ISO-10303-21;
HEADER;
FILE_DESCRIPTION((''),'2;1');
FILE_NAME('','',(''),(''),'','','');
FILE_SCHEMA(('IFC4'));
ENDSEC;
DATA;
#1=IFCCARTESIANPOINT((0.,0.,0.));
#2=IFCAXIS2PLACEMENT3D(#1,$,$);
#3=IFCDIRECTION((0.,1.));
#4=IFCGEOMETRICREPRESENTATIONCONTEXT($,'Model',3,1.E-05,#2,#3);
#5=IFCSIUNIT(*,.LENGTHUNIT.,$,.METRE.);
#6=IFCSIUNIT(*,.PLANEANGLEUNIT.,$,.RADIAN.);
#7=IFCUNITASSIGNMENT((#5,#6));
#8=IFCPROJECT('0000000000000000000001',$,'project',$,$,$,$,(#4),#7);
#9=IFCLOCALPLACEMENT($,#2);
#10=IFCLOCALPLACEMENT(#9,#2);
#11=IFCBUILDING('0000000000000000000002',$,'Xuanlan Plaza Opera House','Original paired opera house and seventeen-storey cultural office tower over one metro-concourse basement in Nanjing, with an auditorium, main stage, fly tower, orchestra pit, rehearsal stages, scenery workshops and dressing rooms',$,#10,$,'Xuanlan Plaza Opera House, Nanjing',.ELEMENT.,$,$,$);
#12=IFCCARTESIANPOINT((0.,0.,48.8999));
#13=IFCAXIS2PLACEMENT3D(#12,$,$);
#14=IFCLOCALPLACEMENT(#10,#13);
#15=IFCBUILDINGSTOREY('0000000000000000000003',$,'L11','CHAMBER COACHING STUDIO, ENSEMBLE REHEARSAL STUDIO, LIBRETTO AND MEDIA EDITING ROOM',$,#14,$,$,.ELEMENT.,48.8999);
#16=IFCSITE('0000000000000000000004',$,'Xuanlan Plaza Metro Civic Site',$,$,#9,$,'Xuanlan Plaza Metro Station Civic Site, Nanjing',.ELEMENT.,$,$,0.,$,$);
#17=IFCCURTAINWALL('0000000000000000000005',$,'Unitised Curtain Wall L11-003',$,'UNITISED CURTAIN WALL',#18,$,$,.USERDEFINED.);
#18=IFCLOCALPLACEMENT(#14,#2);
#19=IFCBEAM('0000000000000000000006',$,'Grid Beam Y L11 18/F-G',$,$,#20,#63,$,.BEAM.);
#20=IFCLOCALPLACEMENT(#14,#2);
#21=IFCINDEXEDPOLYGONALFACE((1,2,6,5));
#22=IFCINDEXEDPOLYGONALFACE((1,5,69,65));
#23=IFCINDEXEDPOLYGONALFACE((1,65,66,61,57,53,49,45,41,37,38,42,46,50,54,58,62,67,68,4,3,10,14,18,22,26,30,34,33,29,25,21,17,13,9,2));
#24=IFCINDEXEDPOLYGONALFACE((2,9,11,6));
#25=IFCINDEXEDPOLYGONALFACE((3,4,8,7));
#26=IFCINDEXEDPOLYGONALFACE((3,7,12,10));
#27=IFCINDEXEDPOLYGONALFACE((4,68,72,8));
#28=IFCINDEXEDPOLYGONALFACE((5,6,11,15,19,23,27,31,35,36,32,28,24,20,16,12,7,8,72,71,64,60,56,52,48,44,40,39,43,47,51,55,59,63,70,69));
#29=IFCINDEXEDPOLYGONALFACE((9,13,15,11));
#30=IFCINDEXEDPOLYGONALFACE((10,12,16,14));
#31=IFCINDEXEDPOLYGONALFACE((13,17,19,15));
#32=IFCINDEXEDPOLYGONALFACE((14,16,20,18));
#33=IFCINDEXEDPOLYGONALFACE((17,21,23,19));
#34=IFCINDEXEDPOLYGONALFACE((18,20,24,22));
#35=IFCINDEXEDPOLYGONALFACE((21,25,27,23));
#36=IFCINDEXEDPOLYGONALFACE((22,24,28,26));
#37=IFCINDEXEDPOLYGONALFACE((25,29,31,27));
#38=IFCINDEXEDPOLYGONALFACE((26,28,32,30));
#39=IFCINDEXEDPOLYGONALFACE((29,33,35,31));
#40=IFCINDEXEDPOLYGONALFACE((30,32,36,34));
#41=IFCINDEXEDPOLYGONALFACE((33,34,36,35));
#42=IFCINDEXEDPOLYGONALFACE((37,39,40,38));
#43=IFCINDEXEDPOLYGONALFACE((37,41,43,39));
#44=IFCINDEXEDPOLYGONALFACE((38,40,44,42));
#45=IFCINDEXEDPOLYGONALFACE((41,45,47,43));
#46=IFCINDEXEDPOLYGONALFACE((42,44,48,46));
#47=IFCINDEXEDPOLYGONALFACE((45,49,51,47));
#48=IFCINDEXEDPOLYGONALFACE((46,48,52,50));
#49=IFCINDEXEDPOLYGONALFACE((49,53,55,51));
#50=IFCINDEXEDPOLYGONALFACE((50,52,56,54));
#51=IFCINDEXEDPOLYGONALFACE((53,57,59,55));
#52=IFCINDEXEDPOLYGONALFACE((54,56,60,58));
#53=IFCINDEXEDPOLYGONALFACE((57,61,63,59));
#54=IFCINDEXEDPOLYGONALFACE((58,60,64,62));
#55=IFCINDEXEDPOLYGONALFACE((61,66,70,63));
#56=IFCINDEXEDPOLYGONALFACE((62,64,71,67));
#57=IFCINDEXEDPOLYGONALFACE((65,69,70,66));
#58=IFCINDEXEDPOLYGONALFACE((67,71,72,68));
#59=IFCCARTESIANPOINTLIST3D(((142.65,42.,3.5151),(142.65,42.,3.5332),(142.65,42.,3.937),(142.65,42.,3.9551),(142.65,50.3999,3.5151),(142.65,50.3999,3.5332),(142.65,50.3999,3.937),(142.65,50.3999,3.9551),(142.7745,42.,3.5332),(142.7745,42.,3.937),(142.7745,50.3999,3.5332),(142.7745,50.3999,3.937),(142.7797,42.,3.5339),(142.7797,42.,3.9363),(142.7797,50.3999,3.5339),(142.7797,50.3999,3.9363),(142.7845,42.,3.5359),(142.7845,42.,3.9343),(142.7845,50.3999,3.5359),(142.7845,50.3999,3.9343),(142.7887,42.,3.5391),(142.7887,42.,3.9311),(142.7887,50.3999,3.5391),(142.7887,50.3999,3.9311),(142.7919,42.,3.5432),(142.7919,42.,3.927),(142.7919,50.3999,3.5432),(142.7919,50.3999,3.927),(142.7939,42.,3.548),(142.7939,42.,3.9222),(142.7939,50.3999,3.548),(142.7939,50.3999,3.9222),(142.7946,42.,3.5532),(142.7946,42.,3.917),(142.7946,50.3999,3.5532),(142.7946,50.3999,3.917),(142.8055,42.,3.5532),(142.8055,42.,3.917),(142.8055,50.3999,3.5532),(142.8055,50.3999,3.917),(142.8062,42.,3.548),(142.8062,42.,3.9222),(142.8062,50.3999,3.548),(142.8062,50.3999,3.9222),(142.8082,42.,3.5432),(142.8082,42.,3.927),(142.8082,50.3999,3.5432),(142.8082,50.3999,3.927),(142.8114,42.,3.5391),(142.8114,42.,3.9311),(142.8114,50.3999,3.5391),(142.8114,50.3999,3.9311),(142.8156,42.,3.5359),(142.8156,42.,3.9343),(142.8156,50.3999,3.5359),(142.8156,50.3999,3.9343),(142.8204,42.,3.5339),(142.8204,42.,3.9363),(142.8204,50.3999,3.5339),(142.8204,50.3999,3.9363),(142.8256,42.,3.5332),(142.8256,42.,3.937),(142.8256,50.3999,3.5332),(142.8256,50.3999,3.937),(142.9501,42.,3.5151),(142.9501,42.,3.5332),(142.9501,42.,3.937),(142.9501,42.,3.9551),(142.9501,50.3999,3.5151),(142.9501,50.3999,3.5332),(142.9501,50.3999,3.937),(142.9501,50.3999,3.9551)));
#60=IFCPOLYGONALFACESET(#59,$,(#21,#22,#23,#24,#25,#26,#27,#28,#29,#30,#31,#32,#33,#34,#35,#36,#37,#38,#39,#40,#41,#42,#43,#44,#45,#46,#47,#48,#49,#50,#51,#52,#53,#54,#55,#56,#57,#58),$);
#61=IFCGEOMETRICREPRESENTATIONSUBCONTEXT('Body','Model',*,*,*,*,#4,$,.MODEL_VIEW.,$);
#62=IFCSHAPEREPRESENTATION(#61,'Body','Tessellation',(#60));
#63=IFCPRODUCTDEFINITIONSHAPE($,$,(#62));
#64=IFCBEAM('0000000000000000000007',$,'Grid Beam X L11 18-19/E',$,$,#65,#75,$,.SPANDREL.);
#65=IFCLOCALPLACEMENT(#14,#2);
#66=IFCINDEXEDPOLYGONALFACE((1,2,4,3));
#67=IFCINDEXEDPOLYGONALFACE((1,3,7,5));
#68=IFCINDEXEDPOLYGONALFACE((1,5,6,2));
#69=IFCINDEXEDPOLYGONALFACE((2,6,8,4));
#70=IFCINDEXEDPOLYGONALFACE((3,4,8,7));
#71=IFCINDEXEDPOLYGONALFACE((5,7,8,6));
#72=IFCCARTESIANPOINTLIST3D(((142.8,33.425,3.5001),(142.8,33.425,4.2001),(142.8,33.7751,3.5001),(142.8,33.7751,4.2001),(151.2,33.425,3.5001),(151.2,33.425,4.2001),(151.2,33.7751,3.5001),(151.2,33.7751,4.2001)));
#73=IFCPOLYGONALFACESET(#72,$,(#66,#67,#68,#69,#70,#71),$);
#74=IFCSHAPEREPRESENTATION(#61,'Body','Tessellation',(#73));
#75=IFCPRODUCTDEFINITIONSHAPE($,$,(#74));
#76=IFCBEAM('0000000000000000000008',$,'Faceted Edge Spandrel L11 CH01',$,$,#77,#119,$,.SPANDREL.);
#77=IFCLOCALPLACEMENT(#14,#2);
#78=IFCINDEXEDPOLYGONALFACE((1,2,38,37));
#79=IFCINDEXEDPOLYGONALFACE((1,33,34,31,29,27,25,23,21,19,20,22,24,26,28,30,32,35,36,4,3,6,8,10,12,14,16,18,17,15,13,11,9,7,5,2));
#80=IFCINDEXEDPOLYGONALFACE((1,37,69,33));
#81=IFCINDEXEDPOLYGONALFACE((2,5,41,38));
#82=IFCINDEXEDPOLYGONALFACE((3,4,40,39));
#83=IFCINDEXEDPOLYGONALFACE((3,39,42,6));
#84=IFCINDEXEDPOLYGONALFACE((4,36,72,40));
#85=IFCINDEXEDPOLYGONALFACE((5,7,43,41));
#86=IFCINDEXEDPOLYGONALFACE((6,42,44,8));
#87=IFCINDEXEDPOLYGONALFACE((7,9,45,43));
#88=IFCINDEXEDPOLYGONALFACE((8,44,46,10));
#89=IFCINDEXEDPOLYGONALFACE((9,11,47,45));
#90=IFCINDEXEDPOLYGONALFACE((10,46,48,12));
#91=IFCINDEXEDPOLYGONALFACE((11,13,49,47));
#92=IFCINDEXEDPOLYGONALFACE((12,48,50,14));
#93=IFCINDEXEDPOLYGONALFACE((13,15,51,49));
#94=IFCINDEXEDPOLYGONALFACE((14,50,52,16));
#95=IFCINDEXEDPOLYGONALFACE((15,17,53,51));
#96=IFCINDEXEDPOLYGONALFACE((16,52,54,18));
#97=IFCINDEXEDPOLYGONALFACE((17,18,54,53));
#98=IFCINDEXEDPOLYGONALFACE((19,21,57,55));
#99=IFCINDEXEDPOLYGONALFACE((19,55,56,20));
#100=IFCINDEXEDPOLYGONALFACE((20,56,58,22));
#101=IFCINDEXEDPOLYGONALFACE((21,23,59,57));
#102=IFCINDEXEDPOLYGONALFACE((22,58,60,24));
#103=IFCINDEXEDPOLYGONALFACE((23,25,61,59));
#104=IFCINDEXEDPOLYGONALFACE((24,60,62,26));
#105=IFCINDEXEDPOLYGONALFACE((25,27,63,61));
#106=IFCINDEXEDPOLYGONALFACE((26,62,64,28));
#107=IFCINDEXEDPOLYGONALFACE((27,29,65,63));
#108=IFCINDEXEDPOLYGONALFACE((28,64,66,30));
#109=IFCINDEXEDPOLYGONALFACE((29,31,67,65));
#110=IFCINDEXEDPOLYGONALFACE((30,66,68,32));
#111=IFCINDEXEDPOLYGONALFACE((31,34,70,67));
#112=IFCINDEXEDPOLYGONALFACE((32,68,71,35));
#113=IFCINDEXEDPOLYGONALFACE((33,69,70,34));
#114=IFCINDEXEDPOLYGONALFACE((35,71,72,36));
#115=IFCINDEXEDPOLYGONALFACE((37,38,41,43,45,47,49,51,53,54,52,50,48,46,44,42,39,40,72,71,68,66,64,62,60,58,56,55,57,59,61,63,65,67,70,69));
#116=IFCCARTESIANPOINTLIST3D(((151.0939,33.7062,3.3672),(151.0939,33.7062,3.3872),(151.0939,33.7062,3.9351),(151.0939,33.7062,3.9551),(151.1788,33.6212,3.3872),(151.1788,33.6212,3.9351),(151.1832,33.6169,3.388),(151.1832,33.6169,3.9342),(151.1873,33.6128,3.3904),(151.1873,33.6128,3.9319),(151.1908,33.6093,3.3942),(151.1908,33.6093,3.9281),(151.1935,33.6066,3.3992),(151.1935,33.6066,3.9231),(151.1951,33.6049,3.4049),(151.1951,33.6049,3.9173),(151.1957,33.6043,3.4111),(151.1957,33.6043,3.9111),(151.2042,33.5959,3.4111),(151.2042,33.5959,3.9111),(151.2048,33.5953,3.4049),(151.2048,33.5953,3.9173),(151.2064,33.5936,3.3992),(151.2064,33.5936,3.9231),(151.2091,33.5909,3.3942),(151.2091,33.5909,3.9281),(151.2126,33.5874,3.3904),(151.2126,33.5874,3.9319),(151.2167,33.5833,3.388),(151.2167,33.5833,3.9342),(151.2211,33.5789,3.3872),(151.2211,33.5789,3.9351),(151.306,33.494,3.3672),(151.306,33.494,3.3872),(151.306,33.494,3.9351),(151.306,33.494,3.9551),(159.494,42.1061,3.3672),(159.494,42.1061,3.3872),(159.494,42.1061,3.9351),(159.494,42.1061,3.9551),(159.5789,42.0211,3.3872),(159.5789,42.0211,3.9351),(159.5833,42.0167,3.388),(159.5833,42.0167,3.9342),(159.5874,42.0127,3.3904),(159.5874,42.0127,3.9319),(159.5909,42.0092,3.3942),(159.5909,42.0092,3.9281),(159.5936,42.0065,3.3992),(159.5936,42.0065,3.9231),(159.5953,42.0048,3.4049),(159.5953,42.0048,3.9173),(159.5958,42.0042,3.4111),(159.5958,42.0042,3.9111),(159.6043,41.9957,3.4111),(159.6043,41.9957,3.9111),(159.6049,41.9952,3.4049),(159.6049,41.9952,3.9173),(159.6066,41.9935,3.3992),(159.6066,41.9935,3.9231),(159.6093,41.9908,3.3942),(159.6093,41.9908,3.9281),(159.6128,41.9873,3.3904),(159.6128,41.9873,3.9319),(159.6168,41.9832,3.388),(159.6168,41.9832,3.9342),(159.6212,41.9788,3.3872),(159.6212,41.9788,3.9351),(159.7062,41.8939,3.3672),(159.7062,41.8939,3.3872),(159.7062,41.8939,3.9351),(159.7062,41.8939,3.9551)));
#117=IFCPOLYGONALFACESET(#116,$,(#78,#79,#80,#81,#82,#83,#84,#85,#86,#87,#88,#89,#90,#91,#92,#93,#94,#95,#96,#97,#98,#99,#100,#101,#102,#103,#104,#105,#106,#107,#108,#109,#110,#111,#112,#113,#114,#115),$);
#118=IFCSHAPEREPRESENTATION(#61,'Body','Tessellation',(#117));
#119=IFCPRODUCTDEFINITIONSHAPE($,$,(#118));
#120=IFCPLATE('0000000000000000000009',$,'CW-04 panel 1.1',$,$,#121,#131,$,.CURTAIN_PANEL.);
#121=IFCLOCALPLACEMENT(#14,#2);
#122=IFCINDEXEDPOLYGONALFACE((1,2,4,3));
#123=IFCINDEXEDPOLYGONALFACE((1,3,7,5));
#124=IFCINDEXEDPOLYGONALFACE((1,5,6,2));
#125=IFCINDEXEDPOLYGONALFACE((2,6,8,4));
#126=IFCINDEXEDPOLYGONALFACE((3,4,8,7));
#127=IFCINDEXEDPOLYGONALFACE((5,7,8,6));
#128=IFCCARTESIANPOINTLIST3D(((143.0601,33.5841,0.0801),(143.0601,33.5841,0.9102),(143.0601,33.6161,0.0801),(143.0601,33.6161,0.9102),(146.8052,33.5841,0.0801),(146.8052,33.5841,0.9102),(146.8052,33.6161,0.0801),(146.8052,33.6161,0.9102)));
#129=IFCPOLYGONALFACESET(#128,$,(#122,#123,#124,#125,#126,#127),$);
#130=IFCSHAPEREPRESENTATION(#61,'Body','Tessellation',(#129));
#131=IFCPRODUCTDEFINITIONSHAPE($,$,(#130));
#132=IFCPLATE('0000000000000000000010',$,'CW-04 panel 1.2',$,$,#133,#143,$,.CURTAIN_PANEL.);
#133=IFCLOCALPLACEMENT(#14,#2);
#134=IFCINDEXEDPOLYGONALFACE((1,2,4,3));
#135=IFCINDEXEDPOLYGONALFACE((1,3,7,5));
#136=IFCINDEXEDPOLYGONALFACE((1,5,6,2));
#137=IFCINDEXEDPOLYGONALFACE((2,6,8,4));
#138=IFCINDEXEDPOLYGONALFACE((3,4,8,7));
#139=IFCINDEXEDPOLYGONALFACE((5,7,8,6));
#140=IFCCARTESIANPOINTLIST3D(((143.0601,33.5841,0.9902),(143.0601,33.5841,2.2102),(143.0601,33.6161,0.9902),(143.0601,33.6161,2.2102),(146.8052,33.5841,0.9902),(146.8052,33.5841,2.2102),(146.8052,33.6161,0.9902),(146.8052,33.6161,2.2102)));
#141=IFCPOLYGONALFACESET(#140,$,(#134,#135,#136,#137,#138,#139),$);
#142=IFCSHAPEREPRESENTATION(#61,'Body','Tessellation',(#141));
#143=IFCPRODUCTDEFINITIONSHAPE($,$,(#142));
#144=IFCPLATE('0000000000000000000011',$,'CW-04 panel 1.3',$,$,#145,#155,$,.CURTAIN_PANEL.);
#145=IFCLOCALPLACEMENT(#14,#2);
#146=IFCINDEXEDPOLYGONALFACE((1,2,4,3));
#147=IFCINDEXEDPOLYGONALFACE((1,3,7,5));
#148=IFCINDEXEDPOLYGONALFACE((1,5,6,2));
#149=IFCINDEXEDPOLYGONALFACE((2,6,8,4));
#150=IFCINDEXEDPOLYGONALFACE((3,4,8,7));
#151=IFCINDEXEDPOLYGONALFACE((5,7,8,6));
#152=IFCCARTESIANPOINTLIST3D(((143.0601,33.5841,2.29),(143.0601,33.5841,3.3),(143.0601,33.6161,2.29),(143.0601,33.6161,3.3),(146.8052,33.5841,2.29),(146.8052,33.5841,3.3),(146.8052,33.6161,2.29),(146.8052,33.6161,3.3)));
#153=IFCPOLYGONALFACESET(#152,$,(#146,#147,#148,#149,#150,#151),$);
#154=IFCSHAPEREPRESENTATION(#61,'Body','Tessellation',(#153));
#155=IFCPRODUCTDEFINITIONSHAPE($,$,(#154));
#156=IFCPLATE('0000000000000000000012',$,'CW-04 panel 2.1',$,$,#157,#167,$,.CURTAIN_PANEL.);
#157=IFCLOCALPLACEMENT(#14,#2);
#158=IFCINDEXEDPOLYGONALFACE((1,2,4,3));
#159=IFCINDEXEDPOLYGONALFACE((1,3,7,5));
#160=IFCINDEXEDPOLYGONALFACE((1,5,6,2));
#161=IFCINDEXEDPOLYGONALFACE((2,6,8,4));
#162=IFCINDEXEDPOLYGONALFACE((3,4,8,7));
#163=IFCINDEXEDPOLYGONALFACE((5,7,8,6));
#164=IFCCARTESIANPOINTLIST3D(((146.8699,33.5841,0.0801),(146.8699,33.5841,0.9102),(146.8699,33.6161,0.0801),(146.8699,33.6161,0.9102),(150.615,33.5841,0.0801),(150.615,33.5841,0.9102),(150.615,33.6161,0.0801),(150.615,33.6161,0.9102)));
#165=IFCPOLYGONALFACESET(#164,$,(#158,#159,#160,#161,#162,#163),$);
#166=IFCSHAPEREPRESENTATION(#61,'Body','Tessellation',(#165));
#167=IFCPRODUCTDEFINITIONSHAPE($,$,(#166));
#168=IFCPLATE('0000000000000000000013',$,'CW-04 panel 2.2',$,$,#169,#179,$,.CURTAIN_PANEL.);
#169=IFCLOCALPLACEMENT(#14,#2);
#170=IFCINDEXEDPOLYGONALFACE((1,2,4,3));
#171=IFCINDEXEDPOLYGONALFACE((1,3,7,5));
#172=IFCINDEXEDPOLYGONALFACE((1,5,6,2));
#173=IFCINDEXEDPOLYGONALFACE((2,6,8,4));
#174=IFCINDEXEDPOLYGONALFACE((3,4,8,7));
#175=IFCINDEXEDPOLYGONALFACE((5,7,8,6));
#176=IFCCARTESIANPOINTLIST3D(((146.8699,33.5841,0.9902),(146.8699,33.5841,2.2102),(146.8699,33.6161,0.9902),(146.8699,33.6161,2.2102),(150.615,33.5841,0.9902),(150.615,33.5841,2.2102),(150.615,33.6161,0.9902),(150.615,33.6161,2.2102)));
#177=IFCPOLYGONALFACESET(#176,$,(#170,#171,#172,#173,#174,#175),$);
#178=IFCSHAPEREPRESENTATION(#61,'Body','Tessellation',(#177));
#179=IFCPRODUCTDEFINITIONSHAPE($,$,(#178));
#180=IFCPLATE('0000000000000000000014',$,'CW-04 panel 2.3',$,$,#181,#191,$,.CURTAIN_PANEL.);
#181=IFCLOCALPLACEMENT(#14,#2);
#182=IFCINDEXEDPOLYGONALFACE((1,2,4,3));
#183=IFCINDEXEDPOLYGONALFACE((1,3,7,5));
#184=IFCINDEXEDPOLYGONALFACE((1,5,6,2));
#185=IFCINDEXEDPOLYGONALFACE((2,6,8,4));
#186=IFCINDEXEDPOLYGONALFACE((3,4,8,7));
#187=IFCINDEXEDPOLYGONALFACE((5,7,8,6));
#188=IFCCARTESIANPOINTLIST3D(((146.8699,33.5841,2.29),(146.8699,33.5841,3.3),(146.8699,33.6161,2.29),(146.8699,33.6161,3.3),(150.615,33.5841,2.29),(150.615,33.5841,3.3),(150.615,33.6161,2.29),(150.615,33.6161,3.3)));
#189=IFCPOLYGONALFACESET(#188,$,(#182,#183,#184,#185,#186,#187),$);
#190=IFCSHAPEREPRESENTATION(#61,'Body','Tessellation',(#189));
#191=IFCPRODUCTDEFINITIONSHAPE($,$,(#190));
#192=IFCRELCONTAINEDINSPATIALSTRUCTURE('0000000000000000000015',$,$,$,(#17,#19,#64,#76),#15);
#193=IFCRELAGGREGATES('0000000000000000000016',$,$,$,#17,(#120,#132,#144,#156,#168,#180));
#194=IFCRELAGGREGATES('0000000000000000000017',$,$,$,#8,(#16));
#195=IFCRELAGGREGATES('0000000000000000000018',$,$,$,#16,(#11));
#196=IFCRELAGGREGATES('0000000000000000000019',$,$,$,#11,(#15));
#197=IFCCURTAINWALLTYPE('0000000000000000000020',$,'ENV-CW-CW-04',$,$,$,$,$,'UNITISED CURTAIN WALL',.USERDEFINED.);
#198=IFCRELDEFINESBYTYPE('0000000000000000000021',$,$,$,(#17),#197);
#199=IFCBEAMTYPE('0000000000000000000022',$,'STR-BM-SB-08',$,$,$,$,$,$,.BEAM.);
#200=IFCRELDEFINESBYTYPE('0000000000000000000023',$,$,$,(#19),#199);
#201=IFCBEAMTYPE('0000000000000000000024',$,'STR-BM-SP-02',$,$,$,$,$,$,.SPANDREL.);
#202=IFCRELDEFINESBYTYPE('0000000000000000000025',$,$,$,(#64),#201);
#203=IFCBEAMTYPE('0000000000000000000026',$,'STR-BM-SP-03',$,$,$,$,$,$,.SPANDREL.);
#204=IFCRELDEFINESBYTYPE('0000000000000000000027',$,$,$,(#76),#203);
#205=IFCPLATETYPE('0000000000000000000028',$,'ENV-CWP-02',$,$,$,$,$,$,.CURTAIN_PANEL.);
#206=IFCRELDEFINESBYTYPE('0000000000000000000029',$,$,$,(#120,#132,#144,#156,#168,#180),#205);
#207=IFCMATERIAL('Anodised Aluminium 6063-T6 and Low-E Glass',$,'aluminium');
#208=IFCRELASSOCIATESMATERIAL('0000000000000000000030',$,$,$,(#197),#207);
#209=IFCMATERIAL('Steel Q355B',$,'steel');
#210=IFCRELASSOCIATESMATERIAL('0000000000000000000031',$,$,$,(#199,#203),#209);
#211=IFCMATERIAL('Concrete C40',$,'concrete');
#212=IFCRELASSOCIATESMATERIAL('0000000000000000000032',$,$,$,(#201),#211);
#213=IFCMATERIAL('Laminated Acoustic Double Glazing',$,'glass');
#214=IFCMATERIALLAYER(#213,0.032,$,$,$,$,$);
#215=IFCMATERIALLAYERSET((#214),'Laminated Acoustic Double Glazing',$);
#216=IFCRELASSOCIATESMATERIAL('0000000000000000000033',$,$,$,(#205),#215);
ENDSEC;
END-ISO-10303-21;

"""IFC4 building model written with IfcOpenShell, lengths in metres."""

from ifc_helpers import new_model, si_unit, direction, frame, origin, origin_2d, place, context, subcontext, project, spatial, rectangle, i_section, extrude, material, layer, layer_set, material_profile, profile_set, type_object, element, aggregate, save


model = new_model("IFC4")

# Units and contexts
model_context = context("Model", 3, precision=1e-05, world=origin(), true_north=direction((0.0, 1.0)))
body_context = subcontext(model_context, "Body", "Model", "MODEL_VIEW")
ifc_project = project(units=[si_unit("LENGTHUNIT", "METRE"), si_unit("PLANEANGLEUNIT", "RADIAN")], contexts=[model_context])

# Site, building, storey
site_placement = place(None, origin())
site = spatial("IfcSite", under=ifc_project, at=site_placement, Name="Xuanlan Plaza Metro Civic Site", LongName="Xuanlan Plaza Metro Station Civic Site, Nanjing", CompositionType="ELEMENT", RefElevation=0.0)
building_placement = place(site_placement, origin())
building = spatial("IfcBuilding", under=site, at=building_placement, Name="Xuanlan Plaza Opera House", Description="Original paired opera house and seventeen-storey cultural office tower over one metro-concourse basement in Nanjing, with an auditorium, main stage, fly tower, orchestra pit, rehearsal stages, scenery workshops and dressing rooms", LongName="Xuanlan Plaza Opera House, Nanjing", CompositionType="ELEMENT")
storey_placement = place(building_placement, frame((0.0, 0.0, 48.8999)))
storey = spatial("IfcBuildingStorey", under=building, at=storey_placement, Name="L11", Description="CHAMBER COACHING STUDIO, ENSEMBLE REHEARSAL STUDIO, LIBRETTO AND MEDIA EDITING ROOM", CompositionType="ELEMENT", Elevation=48.8999)

# Shared definitions
ifc_material_1 = material(Name="Steel Q355B", Category="steel")

# Curtain wall
ifc_material_2 = material(Name="Anodised Aluminium 6063-T6 and Low-E Glass", Category="aluminium")
curtain_wall_type_1 = type_object("IfcCurtainWallType", Name="ENV-CW-CW-04", ElementType="UNITISED CURTAIN WALL", PredefinedType="USERDEFINED", material=ifc_material_2)
curtain_wall_1_placement = place(storey_placement, origin())
curtain_wall_1 = element("IfcCurtainWall", 1, at=curtain_wall_1_placement, inside=storey, type_object=curtain_wall_type_1, Name="Unitised Curtain Wall L11-003", ObjectType="UNITISED CURTAIN WALL", PredefinedType="USERDEFINED")

# Beams
ifc_material_3 = material(Name="Concrete C40", Category="concrete")
ifc_material_profile_1 = material_profile(ifc_material_1, i_section(OverallWidth=0.3, OverallDepth=0.4399, WebThickness=0.011, FlangeThickness=0.0181, FilletRadius=0.02, at=origin_2d()), Name="HM 440x300x11x18")
ifc_profile_set_1 = profile_set([ifc_material_profile_1], Name="Steel Q355B")
beam_type_1 = type_object("IfcBeamType", Name="STR-BM-SB-08", PredefinedType="BEAM", material=ifc_profile_set_1)
for number, where, z_axis, x_axis, name in (
    (2, (142.8, 42.0, 3.7351), (0.0, 1.0, 0.0), (-1.0, 0.0, 0.0), "Grid Beam Y L11 18/F-G"),
):
    element("IfcBeam", number, at=place(storey_placement, frame(where, z_axis=z_axis, x_axis=x_axis)), inside=storey, type_object=beam_type_1, Name=name, PredefinedType="BEAM", context=body_context, shape_type="SweptSolid", body=[
        extrude(i_section(OverallWidth=0.3, OverallDepth=0.4399, WebThickness=0.011, FlangeThickness=0.0181, FilletRadius=0.02, at=origin_2d()), origin(), (0.0, 0.0, 1.0), 8.3999),
    ])
ifc_material_profile_2 = material_profile(ifc_material_3, rectangle(XDim=0.3501, YDim=0.7, at=origin_2d()), Name="RC-SPD 350x700")
ifc_profile_set_2 = profile_set([ifc_material_profile_2], Name="Concrete C40")
beam_type_2 = type_object("IfcBeamType", Name="STR-BM-SP-02", PredefinedType="SPANDREL", material=ifc_profile_set_2)
beam_1_placement = place(storey_placement, frame((142.8, 33.6001, 3.8501), z_axis=(1.0, 0.0, 0.0), x_axis=(0.0, 1.0, 0.0)))
element("IfcBeam", 3, at=beam_1_placement, inside=storey, type_object=beam_type_2, Name="Grid Beam X L11 18-19/E", PredefinedType="SPANDREL", context=body_context, shape_type="SweptSolid", body=[
    extrude(rectangle(XDim=0.3501, YDim=0.7, at=origin_2d()), origin(), (0.0, 0.0, 1.0), 8.3999),
])
ifc_material_profile_3 = material_profile(ifc_material_1, i_section(OverallWidth=0.3, OverallDepth=0.5879, WebThickness=0.012, FlangeThickness=0.02, FilletRadius=0.0239, at=origin_2d()), Name="HM 588x300x12x20")
ifc_profile_set_3 = profile_set([ifc_material_profile_3], Name="Steel Q355B")
beam_type_3 = type_object("IfcBeamType", Name="STR-BM-SP-03", PredefinedType="SPANDREL", material=ifc_profile_set_3)
beam_2_placement = place(storey_placement, frame((151.2, 33.6001, 3.6611), z_axis=(0.707117, 0.707097, 0.0), x_axis=(-0.707097, 0.707117, 0.0)))
element("IfcBeam", 4, at=beam_2_placement, inside=storey, type_object=beam_type_3, Name="Faceted Edge Spandrel L11 CH01", PredefinedType="SPANDREL", context=body_context, shape_type="SweptSolid", body=[
    extrude(i_section(OverallWidth=0.3, OverallDepth=0.5879, WebThickness=0.012, FlangeThickness=0.02, FilletRadius=0.0239, at=origin_2d()), origin(), (0.0, 0.0, 1.0), 11.8794),
])

# Plates
ifc_material_4 = material(Name="Laminated Acoustic Double Glazing", Category="glass")
ifc_layer_1 = layer(ifc_material_4, 0.032)
ifc_layer_set_1 = layer_set([ifc_layer_1], Name="Laminated Acoustic Double Glazing")
plate_type = type_object("IfcPlateType", Name="ENV-CWP-02", PredefinedType="CURTAIN_PANEL", material=ifc_layer_set_1)
plate_1_placement = place(storey_placement, frame((144.9326, 33.6001, 0.0801), z_axis=(0.0, 0.0, 1.0), x_axis=(1.0, 0.0, 0.0)))
plate_1 = element("IfcPlate", 5, at=plate_1_placement, type_object=plate_type, Name="CW-04 panel 1.1", PredefinedType="CURTAIN_PANEL", context=body_context, shape_type="SweptSolid", body=[
    extrude(rectangle(XDim=3.7451, YDim=0.032, at=origin_2d()), origin(), (0.0, 0.0, 1.0), 0.8301),
])
plate_2_placement = place(storey_placement, frame((144.9326, 33.6001, 0.9902), z_axis=(0.0, 0.0, 1.0), x_axis=(1.0, 0.0, 0.0)))
plate_2 = element("IfcPlate", 6, at=plate_2_placement, type_object=plate_type, Name="CW-04 panel 1.2", PredefinedType="CURTAIN_PANEL", context=body_context, shape_type="SweptSolid", body=[
    extrude(rectangle(XDim=3.7451, YDim=0.032, at=origin_2d()), origin(), (0.0, 0.0, 1.0), 1.22),
])
plate_3_placement = place(storey_placement, frame((144.9326, 33.6001, 2.29), z_axis=(0.0, 0.0, 1.0), x_axis=(1.0, 0.0, 0.0)))
plate_3 = element("IfcPlate", 7, at=plate_3_placement, type_object=plate_type, Name="CW-04 panel 1.3", PredefinedType="CURTAIN_PANEL", context=body_context, shape_type="SweptSolid", body=[
    extrude(rectangle(XDim=3.7451, YDim=0.032, at=origin_2d()), origin(), (0.0, 0.0, 1.0), 1.01),
])
plate_4_placement = place(storey_placement, frame((148.7424, 33.6001, 0.0801), z_axis=(0.0, 0.0, 1.0), x_axis=(1.0, 0.0, 0.0)))
plate_4 = element("IfcPlate", 8, at=plate_4_placement, type_object=plate_type, Name="CW-04 panel 2.1", PredefinedType="CURTAIN_PANEL", context=body_context, shape_type="SweptSolid", body=[
    extrude(rectangle(XDim=3.7451, YDim=0.032, at=origin_2d()), origin(), (0.0, 0.0, 1.0), 0.8301),
])
plate_5_placement = place(storey_placement, frame((148.7424, 33.6001, 0.9902), z_axis=(0.0, 0.0, 1.0), x_axis=(1.0, 0.0, 0.0)))
plate_5 = element("IfcPlate", 9, at=plate_5_placement, type_object=plate_type, Name="CW-04 panel 2.2", PredefinedType="CURTAIN_PANEL", context=body_context, shape_type="SweptSolid", body=[
    extrude(rectangle(XDim=3.7451, YDim=0.032, at=origin_2d()), origin(), (0.0, 0.0, 1.0), 1.22),
])
plate_6_placement = place(storey_placement, frame((148.7424, 33.6001, 2.29), z_axis=(0.0, 0.0, 1.0), x_axis=(1.0, 0.0, 0.0)))
plate_6 = element("IfcPlate", 10, at=plate_6_placement, type_object=plate_type, Name="CW-04 panel 2.3", PredefinedType="CURTAIN_PANEL", context=body_context, shape_type="SweptSolid", body=[
    extrude(rectangle(XDim=3.7451, YDim=0.032, at=origin_2d()), origin(), (0.0, 0.0, 1.0), 1.01),
])
aggregate(curtain_wall_1, [plate_1, plate_2, plate_3, plate_4, plate_5, plate_6])

save(model, "model.ifc")
